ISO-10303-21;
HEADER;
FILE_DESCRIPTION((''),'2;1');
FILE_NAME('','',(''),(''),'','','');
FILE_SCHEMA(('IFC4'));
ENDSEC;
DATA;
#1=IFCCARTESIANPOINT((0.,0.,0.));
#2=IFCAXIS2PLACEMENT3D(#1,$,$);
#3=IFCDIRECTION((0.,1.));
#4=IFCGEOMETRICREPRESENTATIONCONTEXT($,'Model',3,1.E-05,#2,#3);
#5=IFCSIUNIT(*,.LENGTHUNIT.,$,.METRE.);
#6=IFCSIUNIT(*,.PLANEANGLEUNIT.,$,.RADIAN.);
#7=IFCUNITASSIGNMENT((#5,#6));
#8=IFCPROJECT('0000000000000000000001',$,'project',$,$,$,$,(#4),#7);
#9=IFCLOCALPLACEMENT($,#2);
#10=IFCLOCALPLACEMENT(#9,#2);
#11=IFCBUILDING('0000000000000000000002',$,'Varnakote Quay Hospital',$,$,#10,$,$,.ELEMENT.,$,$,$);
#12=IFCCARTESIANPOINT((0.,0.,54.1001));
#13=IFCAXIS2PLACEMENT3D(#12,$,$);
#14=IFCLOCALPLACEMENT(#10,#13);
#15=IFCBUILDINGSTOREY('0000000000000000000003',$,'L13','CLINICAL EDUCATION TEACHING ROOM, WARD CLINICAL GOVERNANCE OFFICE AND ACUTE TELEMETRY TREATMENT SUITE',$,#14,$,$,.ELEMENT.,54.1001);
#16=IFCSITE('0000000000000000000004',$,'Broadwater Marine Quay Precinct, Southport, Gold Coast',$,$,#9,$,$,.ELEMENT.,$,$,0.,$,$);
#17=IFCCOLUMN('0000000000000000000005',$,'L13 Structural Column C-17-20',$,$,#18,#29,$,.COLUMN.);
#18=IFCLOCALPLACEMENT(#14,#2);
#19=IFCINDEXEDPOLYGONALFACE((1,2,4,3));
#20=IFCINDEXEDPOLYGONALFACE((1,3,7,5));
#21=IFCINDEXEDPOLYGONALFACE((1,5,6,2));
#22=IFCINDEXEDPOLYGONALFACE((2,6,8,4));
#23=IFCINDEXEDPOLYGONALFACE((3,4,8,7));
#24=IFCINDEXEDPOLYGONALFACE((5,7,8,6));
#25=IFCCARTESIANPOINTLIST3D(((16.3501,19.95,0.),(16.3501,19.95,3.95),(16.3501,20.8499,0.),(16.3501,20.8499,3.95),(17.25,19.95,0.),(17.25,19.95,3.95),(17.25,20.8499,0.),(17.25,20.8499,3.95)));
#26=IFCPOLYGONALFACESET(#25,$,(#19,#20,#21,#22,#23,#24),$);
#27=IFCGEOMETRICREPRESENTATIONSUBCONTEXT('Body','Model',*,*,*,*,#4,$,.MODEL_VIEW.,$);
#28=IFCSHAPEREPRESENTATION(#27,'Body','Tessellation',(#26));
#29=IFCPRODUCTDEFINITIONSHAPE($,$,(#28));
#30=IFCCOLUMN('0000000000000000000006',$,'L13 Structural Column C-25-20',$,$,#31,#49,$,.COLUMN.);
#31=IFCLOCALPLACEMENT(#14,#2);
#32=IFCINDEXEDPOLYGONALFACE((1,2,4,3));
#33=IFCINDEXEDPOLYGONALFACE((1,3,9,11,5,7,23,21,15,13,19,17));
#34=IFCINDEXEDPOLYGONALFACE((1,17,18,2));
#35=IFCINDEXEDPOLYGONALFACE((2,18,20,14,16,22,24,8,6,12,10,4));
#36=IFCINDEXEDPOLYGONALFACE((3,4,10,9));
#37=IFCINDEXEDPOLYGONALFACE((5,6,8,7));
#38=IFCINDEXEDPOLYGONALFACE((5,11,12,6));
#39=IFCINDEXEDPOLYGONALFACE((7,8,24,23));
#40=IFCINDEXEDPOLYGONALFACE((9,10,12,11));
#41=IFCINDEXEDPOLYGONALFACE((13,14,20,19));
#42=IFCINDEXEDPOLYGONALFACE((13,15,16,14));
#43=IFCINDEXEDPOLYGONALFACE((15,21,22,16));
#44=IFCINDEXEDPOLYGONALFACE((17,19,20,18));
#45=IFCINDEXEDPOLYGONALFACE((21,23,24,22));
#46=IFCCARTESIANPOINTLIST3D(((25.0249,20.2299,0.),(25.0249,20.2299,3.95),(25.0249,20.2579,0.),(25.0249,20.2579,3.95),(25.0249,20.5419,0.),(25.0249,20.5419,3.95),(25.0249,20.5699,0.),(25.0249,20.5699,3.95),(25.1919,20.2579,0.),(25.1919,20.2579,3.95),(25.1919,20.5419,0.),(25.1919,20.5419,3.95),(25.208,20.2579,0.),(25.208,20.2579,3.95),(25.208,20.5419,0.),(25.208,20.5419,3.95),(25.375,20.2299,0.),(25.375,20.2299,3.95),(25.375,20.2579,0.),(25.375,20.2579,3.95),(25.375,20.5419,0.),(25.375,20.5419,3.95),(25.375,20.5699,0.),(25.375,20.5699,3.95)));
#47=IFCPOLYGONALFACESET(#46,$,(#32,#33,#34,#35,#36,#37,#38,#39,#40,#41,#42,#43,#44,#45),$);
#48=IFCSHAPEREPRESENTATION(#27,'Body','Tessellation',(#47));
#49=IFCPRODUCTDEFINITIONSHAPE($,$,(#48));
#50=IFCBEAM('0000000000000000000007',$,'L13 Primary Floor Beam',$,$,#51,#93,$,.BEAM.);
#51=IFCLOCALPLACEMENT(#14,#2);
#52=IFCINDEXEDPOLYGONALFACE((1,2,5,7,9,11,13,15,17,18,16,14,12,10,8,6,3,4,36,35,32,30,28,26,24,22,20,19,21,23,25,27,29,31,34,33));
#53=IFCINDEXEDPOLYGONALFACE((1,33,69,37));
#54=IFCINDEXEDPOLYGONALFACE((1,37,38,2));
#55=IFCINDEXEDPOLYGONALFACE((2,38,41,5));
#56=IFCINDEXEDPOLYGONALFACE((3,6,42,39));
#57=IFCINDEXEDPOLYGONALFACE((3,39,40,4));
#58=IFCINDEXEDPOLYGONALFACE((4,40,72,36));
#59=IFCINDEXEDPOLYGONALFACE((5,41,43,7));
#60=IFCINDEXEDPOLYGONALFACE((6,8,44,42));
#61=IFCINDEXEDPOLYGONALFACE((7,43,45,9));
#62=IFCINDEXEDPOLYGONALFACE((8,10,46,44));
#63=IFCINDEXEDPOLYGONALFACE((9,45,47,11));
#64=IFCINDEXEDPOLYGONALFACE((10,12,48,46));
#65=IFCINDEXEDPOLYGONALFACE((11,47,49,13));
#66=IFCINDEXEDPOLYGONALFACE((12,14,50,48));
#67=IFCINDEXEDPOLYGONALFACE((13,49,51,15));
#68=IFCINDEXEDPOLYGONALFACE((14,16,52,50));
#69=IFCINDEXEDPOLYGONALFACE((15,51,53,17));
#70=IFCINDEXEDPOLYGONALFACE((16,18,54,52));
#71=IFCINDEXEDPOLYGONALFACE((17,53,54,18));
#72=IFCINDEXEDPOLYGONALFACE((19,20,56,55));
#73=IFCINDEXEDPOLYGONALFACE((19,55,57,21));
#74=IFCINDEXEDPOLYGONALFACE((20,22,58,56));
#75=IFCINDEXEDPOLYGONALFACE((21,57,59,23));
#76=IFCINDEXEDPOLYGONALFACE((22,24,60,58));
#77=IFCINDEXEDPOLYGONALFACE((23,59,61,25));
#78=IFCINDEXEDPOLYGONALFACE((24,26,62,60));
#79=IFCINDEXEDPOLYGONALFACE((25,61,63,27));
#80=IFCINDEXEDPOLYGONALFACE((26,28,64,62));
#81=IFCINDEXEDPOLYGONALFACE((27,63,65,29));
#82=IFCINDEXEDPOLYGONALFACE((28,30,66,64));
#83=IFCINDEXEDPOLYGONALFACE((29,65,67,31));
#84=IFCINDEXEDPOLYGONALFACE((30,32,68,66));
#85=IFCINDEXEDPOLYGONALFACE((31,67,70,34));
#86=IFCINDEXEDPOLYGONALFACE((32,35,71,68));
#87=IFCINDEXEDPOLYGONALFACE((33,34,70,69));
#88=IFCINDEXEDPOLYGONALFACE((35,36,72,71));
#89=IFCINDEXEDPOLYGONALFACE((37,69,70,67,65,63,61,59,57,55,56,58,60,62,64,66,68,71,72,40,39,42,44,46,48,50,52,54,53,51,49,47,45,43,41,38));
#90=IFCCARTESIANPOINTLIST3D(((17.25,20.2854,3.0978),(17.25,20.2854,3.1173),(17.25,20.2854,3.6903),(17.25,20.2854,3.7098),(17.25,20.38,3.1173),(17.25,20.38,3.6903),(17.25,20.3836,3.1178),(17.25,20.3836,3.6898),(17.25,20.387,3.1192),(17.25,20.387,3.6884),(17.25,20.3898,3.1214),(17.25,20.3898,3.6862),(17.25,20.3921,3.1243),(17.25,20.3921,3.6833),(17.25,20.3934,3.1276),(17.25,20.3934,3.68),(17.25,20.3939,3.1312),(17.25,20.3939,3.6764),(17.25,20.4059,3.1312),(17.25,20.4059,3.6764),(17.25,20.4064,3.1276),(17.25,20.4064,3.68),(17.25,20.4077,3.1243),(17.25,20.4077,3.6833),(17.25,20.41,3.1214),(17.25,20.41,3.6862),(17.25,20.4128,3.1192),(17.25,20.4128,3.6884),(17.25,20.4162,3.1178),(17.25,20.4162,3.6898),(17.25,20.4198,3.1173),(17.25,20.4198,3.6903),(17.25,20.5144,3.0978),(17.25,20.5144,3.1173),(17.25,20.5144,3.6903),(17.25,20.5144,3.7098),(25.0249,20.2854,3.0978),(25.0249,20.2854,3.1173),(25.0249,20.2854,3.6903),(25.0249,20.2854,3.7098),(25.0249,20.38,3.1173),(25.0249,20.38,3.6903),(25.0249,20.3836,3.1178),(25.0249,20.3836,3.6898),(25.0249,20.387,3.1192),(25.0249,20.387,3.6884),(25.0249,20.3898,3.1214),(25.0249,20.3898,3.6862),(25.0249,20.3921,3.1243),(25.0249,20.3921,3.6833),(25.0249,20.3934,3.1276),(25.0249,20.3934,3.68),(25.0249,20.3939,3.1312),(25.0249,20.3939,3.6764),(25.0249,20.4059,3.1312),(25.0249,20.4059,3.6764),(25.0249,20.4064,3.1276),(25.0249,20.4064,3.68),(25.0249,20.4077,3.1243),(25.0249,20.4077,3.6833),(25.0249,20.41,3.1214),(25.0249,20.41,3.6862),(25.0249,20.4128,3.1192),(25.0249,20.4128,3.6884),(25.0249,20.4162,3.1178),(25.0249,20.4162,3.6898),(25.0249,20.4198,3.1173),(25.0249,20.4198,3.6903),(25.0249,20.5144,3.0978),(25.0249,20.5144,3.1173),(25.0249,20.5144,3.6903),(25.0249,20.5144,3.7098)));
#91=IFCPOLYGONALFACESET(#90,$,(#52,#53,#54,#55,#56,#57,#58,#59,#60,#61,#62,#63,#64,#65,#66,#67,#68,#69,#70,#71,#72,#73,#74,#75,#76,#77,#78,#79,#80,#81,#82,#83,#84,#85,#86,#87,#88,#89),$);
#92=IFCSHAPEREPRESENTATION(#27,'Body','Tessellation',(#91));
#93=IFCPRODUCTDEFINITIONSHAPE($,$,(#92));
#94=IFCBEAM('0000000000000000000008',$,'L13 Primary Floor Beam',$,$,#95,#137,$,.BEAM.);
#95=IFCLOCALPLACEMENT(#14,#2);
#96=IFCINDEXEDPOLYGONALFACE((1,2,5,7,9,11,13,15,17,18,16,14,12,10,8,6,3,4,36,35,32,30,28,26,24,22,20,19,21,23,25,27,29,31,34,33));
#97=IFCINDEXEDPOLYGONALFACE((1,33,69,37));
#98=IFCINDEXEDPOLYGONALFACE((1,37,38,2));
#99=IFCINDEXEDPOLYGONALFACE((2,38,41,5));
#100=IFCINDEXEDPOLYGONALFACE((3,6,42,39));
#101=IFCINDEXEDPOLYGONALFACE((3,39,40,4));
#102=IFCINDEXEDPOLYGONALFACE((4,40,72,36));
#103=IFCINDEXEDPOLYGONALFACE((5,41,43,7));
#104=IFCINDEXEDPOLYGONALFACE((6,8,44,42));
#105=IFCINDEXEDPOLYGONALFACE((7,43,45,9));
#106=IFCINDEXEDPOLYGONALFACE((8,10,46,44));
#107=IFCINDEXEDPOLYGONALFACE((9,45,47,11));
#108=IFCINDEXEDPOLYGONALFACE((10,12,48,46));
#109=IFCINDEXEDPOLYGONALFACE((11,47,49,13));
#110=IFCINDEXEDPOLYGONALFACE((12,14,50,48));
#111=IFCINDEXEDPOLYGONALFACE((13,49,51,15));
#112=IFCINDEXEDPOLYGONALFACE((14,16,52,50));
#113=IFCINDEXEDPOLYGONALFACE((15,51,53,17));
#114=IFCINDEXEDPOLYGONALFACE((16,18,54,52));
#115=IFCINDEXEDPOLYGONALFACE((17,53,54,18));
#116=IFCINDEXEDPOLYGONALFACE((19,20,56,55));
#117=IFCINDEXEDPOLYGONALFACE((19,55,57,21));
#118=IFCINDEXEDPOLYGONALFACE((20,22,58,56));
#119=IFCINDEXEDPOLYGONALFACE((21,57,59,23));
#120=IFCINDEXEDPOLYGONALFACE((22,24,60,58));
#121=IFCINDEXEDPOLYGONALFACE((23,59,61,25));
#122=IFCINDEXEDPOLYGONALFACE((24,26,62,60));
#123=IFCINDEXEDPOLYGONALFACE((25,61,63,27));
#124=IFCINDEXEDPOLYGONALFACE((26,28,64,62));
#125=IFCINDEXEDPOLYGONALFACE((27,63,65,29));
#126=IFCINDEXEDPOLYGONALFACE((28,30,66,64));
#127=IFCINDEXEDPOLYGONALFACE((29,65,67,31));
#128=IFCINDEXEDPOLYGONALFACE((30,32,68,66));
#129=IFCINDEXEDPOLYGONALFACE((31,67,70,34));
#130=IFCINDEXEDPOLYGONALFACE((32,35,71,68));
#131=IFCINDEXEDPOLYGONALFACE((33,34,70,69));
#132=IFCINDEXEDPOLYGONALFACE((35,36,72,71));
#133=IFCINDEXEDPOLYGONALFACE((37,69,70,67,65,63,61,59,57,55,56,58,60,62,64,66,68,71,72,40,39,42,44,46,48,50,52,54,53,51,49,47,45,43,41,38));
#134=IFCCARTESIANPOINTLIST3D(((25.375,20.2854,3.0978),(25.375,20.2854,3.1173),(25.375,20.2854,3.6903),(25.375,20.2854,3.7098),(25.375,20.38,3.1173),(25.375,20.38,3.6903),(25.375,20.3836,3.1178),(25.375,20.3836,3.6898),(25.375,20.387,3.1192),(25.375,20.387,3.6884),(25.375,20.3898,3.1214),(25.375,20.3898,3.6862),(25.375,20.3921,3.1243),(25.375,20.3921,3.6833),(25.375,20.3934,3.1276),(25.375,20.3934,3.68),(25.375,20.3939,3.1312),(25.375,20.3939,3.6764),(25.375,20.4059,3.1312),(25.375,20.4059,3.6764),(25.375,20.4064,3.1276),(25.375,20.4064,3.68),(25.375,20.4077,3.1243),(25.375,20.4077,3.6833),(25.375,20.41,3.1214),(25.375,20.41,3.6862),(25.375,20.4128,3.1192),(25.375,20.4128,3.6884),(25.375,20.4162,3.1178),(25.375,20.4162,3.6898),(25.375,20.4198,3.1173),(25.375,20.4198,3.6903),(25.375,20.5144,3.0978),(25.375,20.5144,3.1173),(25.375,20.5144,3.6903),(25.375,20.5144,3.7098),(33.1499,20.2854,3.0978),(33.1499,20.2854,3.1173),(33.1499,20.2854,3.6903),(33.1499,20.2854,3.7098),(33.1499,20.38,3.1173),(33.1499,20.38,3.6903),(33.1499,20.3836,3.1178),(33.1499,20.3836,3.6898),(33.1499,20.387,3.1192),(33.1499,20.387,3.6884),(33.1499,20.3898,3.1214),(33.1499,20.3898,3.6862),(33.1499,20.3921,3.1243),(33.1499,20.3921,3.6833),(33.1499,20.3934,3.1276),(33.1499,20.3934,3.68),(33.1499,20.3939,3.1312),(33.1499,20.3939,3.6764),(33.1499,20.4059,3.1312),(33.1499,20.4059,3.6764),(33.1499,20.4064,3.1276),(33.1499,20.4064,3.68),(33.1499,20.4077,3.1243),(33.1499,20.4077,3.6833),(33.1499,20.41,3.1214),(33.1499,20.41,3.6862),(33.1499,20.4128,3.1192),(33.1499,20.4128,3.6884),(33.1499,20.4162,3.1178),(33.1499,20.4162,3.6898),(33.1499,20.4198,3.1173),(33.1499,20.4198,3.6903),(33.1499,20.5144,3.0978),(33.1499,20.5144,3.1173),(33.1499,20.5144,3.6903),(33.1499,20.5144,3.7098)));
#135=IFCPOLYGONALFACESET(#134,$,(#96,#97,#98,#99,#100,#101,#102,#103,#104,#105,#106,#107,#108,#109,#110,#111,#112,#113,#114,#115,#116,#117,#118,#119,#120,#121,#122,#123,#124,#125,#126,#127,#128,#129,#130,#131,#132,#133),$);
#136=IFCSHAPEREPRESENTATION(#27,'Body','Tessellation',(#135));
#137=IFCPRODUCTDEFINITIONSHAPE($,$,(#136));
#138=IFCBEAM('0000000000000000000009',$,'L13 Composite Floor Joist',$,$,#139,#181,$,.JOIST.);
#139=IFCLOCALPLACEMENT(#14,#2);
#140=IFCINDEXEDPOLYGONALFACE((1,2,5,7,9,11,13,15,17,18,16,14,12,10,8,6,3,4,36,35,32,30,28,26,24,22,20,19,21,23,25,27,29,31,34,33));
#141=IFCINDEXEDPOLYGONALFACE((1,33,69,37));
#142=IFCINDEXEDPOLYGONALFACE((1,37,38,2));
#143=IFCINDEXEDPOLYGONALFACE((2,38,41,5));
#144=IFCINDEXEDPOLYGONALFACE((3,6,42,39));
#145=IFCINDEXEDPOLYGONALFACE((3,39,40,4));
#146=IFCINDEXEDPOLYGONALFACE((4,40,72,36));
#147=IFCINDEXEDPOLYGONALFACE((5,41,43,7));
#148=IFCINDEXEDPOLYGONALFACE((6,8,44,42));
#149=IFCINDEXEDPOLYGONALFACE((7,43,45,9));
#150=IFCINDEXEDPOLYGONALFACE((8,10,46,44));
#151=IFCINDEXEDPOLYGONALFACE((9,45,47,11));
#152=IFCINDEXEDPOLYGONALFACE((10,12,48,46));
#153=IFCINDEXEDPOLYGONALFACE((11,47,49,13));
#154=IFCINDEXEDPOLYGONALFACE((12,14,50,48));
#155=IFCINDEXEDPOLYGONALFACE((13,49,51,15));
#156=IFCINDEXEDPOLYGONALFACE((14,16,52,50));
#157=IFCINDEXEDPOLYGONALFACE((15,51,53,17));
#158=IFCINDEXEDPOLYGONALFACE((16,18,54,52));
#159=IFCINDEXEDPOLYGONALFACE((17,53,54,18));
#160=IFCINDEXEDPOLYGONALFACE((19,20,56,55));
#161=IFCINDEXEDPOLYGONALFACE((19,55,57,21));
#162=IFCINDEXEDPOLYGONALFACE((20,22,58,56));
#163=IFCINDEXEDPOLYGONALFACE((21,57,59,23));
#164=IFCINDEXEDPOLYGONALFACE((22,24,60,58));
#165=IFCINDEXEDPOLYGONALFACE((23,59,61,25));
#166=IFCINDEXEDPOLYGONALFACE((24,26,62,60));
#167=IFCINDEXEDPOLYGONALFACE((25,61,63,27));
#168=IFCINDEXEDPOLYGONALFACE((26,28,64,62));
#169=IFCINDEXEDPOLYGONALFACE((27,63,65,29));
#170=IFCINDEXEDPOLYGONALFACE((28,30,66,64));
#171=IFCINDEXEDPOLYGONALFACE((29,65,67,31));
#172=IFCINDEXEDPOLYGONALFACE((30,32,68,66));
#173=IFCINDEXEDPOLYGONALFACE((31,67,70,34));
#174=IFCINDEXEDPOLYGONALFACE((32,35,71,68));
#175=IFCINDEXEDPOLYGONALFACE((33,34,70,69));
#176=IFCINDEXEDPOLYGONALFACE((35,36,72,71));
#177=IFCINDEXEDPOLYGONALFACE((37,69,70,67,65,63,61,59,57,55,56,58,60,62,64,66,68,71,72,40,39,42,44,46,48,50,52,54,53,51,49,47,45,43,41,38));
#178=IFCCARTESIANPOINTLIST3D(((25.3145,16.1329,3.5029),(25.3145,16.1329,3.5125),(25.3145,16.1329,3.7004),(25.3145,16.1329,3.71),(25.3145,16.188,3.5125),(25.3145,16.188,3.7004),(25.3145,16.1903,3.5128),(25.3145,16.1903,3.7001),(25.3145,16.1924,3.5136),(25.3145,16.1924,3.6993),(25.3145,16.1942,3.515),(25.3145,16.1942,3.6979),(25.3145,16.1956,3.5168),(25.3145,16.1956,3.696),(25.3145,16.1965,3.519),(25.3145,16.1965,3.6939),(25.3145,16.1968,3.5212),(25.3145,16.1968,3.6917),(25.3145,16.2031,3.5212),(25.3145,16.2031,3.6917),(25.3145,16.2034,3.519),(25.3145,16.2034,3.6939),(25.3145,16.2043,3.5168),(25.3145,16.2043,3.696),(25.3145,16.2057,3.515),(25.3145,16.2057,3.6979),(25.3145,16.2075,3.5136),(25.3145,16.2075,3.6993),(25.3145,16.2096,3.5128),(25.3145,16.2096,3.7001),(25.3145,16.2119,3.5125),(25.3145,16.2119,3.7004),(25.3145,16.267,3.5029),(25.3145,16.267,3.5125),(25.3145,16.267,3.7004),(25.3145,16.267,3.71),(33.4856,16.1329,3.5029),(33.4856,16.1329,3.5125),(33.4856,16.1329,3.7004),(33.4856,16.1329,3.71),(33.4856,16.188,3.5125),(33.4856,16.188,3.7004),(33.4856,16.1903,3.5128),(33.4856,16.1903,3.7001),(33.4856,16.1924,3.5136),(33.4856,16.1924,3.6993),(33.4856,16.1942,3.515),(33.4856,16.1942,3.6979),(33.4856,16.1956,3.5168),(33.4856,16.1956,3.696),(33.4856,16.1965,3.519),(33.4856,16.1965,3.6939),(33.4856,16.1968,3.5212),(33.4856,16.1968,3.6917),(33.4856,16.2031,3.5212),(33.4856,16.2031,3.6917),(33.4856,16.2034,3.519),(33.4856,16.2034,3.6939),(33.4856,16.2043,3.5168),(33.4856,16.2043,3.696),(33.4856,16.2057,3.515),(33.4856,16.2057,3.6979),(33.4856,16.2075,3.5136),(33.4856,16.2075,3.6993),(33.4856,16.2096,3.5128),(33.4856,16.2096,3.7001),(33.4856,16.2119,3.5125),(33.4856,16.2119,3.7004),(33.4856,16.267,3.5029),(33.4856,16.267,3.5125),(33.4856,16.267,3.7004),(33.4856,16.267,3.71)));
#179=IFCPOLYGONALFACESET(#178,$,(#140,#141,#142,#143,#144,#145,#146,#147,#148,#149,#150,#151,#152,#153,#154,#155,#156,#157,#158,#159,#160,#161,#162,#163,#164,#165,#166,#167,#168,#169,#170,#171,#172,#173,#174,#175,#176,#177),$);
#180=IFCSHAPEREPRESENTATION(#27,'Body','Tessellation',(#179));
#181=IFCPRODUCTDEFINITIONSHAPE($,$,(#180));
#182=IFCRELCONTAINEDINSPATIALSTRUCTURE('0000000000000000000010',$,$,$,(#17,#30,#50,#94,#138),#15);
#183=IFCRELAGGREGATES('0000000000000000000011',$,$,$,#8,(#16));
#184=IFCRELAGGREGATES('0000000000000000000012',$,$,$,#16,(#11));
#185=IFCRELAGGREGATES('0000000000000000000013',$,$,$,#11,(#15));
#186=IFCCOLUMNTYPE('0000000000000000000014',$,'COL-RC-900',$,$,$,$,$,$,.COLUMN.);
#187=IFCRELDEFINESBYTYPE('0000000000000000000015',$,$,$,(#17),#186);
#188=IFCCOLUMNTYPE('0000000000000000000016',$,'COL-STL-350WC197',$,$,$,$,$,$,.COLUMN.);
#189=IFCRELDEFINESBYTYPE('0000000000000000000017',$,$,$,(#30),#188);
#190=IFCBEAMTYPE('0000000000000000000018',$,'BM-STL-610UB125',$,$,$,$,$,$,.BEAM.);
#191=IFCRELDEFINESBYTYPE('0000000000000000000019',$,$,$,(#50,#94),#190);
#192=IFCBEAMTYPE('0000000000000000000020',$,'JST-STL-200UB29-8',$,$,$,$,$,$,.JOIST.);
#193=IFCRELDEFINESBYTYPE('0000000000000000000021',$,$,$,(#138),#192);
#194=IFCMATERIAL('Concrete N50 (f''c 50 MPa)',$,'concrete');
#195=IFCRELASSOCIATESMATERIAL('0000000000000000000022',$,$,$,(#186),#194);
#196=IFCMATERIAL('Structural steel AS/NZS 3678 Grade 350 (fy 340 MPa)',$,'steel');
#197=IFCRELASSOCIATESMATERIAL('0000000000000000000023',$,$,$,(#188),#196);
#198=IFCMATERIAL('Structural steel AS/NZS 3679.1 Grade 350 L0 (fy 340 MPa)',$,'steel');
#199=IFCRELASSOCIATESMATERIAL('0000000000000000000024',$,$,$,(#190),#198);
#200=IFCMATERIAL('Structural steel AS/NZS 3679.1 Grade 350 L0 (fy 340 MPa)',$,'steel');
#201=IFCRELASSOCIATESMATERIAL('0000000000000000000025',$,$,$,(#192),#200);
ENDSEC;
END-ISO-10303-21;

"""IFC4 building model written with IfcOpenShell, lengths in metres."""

from ifc_helpers import new_model, si_unit, direction, frame, origin, origin_2d, place, context, subcontext, project, spatial, rectangle, i_section, extrude, material, material_profile, profile_set, type_object, element, save


model = new_model("IFC4")

# Units and contexts
model_context = context("Model", 3, precision=1e-05, world=origin(), true_north=direction((0.0, 1.0)))
body_context = subcontext(model_context, "Body", "Model", "MODEL_VIEW")
ifc_project = project(units=[si_unit("LENGTHUNIT", "METRE"), si_unit("PLANEANGLEUNIT", "RADIAN")], contexts=[model_context])

# Site, building, storey
site_placement = place(None, origin())
site = spatial("IfcSite", under=ifc_project, at=site_placement, Name="Broadwater Marine Quay Precinct, Southport, Gold Coast", CompositionType="ELEMENT", RefElevation=0.0)
building_placement = place(site_placement, origin())
building = spatial("IfcBuilding", under=site, at=building_placement, Name="Varnakote Quay Hospital", CompositionType="ELEMENT")
storey_placement = place(building_placement, frame((0.0, 0.0, 54.1001)))
storey = spatial("IfcBuildingStorey", under=building, at=storey_placement, Name="L13", Description="CLINICAL EDUCATION TEACHING ROOM, WARD CLINICAL GOVERNANCE OFFICE AND ACUTE TELEMETRY TREATMENT SUITE", CompositionType="ELEMENT", Elevation=54.1001)

# Columns
ifc_material_1 = material(Name="Concrete N50 (f'c 50 MPa)", Category="concrete")
ifc_material_profile_1 = material_profile(ifc_material_1, rectangle(XDim=0.8999, YDim=0.8999, at=origin_2d()), Name="RC-COL-900x900")
ifc_profile_set_1 = profile_set([ifc_material_profile_1], Name="Concrete N50 (f'c 50 MPa)")
column_type_1 = type_object("IfcColumnType", Name="COL-RC-900", PredefinedType="COLUMN", material=ifc_profile_set_1)
column_1_placement = place(storey_placement, frame((16.8, 20.3999, 0.0), z_axis=(0.0, 0.0, 1.0), x_axis=(1.0, 0.0, 0.0)))
element("IfcColumn", 1, at=column_1_placement, inside=storey, type_object=column_type_1, Name="L13 Structural Column C-17-20", PredefinedType="COLUMN", context=body_context, shape_type="SweptSolid", body=[
    extrude(rectangle(XDim=0.8999, YDim=0.8999, at=origin_2d()), origin(), (0.0, 0.0, 1.0), 3.95),
])
ifc_material_2 = material(Name="Structural steel AS/NZS 3678 Grade 350 (fy 340 MPa)", Category="steel")
ifc_material_profile_2 = material_profile(ifc_material_2, i_section(OverallWidth=0.3501, OverallDepth=0.3401, WebThickness=0.0161, FlangeThickness=0.0281, at=origin_2d()), Name="350WC197")
ifc_profile_set_2 = profile_set([ifc_material_profile_2], Name="Structural steel AS/NZS 3678 Grade 350 (fy 340 MPa)")
column_type_2 = type_object("IfcColumnType", Name="COL-STL-350WC197", PredefinedType="COLUMN", material=ifc_profile_set_2)
column_2_placement = place(storey_placement, frame((25.2, 20.3999, 0.0), z_axis=(0.0, 0.0, 1.0), x_axis=(1.0, 0.0, 0.0)))
element("IfcColumn", 2, at=column_2_placement, inside=storey, type_object=column_type_2, Name="L13 Structural Column C-25-20", PredefinedType="COLUMN", context=body_context, shape_type="SweptSolid", body=[
    extrude(i_section(OverallWidth=0.3501, OverallDepth=0.3401, WebThickness=0.0161, FlangeThickness=0.0281, at=origin_2d()), origin(), (0.0, 0.0, 1.0), 3.95),
])

# Beams
ifc_material_3 = material(Name="Structural steel AS/NZS 3679.1 Grade 350 L0 (fy 340 MPa)", Category="steel")
ifc_material_profile_3 = material_profile(ifc_material_3, i_section(OverallWidth=0.229, OverallDepth=0.6121, WebThickness=0.012, FlangeThickness=0.0195, FilletRadius=0.0139, at=origin_2d()), Name="610UB125")
ifc_profile_set_3 = profile_set([ifc_material_profile_3], Name="Structural steel AS/NZS 3679.1 Grade 350 L0 (fy 340 MPa)")
beam_type_1 = type_object("IfcBeamType", Name="BM-STL-610UB125", PredefinedType="BEAM", material=ifc_profile_set_3)
for number, where, z_axis, x_axis, name in (
    (3, (17.25, 20.3999, 3.4038), (1.0, 0.0, 0.0), (0.0, 1.0, 0.0), "L13 Primary Floor Beam"),
    (4, (25.375, 20.3999, 3.4038), (1.0, 0.0, 0.0), (0.0, 1.0, 0.0), "L13 Primary Floor Beam"),
):
    element("IfcBeam", number, at=place(storey_placement, frame(where, z_axis=z_axis, x_axis=x_axis)), inside=storey, type_object=beam_type_1, Name=name, PredefinedType="BEAM", context=body_context, shape_type="SweptSolid", body=[
        extrude(i_section(OverallWidth=0.229, OverallDepth=0.6121, WebThickness=0.012, FlangeThickness=0.0195, FilletRadius=0.0139, at=origin_2d()), origin(), (0.0, 0.0, 1.0), 7.7749),
    ])
ifc_material_4 = material(Name="Structural steel AS/NZS 3679.1 Grade 350 L0 (fy 340 MPa)", Category="steel")
ifc_material_profile_4 = material_profile(ifc_material_4, i_section(OverallWidth=0.134, OverallDepth=0.207, WebThickness=0.0063, FlangeThickness=0.0095, FilletRadius=0.0088, at=origin_2d()), Name="200UB29.8")
ifc_profile_set_4 = profile_set([ifc_material_profile_4], Name="Structural steel AS/NZS 3679.1 Grade 350 L0 (fy 340 MPa)")
beam_type_2 = type_object("IfcBeamType", Name="JST-STL-200UB29-8", PredefinedType="JOIST", material=ifc_profile_set_4)
beam_placement = place(storey_placement, frame((25.3145, 16.2, 3.6064), z_axis=(1.0, 0.0, 0.0), x_axis=(0.0, 1.0, 0.0)))
element("IfcBeam", 5, at=beam_placement, inside=storey, type_object=beam_type_2, Name="L13 Composite Floor Joist", PredefinedType="JOIST", context=body_context, shape_type="SweptSolid", body=[
    extrude(i_section(OverallWidth=0.134, OverallDepth=0.207, WebThickness=0.0063, FlangeThickness=0.0095, FilletRadius=0.0088, at=origin_2d()), origin(), (0.0, 0.0, 1.0), 8.1711),
])

save(model, "model.ifc")
